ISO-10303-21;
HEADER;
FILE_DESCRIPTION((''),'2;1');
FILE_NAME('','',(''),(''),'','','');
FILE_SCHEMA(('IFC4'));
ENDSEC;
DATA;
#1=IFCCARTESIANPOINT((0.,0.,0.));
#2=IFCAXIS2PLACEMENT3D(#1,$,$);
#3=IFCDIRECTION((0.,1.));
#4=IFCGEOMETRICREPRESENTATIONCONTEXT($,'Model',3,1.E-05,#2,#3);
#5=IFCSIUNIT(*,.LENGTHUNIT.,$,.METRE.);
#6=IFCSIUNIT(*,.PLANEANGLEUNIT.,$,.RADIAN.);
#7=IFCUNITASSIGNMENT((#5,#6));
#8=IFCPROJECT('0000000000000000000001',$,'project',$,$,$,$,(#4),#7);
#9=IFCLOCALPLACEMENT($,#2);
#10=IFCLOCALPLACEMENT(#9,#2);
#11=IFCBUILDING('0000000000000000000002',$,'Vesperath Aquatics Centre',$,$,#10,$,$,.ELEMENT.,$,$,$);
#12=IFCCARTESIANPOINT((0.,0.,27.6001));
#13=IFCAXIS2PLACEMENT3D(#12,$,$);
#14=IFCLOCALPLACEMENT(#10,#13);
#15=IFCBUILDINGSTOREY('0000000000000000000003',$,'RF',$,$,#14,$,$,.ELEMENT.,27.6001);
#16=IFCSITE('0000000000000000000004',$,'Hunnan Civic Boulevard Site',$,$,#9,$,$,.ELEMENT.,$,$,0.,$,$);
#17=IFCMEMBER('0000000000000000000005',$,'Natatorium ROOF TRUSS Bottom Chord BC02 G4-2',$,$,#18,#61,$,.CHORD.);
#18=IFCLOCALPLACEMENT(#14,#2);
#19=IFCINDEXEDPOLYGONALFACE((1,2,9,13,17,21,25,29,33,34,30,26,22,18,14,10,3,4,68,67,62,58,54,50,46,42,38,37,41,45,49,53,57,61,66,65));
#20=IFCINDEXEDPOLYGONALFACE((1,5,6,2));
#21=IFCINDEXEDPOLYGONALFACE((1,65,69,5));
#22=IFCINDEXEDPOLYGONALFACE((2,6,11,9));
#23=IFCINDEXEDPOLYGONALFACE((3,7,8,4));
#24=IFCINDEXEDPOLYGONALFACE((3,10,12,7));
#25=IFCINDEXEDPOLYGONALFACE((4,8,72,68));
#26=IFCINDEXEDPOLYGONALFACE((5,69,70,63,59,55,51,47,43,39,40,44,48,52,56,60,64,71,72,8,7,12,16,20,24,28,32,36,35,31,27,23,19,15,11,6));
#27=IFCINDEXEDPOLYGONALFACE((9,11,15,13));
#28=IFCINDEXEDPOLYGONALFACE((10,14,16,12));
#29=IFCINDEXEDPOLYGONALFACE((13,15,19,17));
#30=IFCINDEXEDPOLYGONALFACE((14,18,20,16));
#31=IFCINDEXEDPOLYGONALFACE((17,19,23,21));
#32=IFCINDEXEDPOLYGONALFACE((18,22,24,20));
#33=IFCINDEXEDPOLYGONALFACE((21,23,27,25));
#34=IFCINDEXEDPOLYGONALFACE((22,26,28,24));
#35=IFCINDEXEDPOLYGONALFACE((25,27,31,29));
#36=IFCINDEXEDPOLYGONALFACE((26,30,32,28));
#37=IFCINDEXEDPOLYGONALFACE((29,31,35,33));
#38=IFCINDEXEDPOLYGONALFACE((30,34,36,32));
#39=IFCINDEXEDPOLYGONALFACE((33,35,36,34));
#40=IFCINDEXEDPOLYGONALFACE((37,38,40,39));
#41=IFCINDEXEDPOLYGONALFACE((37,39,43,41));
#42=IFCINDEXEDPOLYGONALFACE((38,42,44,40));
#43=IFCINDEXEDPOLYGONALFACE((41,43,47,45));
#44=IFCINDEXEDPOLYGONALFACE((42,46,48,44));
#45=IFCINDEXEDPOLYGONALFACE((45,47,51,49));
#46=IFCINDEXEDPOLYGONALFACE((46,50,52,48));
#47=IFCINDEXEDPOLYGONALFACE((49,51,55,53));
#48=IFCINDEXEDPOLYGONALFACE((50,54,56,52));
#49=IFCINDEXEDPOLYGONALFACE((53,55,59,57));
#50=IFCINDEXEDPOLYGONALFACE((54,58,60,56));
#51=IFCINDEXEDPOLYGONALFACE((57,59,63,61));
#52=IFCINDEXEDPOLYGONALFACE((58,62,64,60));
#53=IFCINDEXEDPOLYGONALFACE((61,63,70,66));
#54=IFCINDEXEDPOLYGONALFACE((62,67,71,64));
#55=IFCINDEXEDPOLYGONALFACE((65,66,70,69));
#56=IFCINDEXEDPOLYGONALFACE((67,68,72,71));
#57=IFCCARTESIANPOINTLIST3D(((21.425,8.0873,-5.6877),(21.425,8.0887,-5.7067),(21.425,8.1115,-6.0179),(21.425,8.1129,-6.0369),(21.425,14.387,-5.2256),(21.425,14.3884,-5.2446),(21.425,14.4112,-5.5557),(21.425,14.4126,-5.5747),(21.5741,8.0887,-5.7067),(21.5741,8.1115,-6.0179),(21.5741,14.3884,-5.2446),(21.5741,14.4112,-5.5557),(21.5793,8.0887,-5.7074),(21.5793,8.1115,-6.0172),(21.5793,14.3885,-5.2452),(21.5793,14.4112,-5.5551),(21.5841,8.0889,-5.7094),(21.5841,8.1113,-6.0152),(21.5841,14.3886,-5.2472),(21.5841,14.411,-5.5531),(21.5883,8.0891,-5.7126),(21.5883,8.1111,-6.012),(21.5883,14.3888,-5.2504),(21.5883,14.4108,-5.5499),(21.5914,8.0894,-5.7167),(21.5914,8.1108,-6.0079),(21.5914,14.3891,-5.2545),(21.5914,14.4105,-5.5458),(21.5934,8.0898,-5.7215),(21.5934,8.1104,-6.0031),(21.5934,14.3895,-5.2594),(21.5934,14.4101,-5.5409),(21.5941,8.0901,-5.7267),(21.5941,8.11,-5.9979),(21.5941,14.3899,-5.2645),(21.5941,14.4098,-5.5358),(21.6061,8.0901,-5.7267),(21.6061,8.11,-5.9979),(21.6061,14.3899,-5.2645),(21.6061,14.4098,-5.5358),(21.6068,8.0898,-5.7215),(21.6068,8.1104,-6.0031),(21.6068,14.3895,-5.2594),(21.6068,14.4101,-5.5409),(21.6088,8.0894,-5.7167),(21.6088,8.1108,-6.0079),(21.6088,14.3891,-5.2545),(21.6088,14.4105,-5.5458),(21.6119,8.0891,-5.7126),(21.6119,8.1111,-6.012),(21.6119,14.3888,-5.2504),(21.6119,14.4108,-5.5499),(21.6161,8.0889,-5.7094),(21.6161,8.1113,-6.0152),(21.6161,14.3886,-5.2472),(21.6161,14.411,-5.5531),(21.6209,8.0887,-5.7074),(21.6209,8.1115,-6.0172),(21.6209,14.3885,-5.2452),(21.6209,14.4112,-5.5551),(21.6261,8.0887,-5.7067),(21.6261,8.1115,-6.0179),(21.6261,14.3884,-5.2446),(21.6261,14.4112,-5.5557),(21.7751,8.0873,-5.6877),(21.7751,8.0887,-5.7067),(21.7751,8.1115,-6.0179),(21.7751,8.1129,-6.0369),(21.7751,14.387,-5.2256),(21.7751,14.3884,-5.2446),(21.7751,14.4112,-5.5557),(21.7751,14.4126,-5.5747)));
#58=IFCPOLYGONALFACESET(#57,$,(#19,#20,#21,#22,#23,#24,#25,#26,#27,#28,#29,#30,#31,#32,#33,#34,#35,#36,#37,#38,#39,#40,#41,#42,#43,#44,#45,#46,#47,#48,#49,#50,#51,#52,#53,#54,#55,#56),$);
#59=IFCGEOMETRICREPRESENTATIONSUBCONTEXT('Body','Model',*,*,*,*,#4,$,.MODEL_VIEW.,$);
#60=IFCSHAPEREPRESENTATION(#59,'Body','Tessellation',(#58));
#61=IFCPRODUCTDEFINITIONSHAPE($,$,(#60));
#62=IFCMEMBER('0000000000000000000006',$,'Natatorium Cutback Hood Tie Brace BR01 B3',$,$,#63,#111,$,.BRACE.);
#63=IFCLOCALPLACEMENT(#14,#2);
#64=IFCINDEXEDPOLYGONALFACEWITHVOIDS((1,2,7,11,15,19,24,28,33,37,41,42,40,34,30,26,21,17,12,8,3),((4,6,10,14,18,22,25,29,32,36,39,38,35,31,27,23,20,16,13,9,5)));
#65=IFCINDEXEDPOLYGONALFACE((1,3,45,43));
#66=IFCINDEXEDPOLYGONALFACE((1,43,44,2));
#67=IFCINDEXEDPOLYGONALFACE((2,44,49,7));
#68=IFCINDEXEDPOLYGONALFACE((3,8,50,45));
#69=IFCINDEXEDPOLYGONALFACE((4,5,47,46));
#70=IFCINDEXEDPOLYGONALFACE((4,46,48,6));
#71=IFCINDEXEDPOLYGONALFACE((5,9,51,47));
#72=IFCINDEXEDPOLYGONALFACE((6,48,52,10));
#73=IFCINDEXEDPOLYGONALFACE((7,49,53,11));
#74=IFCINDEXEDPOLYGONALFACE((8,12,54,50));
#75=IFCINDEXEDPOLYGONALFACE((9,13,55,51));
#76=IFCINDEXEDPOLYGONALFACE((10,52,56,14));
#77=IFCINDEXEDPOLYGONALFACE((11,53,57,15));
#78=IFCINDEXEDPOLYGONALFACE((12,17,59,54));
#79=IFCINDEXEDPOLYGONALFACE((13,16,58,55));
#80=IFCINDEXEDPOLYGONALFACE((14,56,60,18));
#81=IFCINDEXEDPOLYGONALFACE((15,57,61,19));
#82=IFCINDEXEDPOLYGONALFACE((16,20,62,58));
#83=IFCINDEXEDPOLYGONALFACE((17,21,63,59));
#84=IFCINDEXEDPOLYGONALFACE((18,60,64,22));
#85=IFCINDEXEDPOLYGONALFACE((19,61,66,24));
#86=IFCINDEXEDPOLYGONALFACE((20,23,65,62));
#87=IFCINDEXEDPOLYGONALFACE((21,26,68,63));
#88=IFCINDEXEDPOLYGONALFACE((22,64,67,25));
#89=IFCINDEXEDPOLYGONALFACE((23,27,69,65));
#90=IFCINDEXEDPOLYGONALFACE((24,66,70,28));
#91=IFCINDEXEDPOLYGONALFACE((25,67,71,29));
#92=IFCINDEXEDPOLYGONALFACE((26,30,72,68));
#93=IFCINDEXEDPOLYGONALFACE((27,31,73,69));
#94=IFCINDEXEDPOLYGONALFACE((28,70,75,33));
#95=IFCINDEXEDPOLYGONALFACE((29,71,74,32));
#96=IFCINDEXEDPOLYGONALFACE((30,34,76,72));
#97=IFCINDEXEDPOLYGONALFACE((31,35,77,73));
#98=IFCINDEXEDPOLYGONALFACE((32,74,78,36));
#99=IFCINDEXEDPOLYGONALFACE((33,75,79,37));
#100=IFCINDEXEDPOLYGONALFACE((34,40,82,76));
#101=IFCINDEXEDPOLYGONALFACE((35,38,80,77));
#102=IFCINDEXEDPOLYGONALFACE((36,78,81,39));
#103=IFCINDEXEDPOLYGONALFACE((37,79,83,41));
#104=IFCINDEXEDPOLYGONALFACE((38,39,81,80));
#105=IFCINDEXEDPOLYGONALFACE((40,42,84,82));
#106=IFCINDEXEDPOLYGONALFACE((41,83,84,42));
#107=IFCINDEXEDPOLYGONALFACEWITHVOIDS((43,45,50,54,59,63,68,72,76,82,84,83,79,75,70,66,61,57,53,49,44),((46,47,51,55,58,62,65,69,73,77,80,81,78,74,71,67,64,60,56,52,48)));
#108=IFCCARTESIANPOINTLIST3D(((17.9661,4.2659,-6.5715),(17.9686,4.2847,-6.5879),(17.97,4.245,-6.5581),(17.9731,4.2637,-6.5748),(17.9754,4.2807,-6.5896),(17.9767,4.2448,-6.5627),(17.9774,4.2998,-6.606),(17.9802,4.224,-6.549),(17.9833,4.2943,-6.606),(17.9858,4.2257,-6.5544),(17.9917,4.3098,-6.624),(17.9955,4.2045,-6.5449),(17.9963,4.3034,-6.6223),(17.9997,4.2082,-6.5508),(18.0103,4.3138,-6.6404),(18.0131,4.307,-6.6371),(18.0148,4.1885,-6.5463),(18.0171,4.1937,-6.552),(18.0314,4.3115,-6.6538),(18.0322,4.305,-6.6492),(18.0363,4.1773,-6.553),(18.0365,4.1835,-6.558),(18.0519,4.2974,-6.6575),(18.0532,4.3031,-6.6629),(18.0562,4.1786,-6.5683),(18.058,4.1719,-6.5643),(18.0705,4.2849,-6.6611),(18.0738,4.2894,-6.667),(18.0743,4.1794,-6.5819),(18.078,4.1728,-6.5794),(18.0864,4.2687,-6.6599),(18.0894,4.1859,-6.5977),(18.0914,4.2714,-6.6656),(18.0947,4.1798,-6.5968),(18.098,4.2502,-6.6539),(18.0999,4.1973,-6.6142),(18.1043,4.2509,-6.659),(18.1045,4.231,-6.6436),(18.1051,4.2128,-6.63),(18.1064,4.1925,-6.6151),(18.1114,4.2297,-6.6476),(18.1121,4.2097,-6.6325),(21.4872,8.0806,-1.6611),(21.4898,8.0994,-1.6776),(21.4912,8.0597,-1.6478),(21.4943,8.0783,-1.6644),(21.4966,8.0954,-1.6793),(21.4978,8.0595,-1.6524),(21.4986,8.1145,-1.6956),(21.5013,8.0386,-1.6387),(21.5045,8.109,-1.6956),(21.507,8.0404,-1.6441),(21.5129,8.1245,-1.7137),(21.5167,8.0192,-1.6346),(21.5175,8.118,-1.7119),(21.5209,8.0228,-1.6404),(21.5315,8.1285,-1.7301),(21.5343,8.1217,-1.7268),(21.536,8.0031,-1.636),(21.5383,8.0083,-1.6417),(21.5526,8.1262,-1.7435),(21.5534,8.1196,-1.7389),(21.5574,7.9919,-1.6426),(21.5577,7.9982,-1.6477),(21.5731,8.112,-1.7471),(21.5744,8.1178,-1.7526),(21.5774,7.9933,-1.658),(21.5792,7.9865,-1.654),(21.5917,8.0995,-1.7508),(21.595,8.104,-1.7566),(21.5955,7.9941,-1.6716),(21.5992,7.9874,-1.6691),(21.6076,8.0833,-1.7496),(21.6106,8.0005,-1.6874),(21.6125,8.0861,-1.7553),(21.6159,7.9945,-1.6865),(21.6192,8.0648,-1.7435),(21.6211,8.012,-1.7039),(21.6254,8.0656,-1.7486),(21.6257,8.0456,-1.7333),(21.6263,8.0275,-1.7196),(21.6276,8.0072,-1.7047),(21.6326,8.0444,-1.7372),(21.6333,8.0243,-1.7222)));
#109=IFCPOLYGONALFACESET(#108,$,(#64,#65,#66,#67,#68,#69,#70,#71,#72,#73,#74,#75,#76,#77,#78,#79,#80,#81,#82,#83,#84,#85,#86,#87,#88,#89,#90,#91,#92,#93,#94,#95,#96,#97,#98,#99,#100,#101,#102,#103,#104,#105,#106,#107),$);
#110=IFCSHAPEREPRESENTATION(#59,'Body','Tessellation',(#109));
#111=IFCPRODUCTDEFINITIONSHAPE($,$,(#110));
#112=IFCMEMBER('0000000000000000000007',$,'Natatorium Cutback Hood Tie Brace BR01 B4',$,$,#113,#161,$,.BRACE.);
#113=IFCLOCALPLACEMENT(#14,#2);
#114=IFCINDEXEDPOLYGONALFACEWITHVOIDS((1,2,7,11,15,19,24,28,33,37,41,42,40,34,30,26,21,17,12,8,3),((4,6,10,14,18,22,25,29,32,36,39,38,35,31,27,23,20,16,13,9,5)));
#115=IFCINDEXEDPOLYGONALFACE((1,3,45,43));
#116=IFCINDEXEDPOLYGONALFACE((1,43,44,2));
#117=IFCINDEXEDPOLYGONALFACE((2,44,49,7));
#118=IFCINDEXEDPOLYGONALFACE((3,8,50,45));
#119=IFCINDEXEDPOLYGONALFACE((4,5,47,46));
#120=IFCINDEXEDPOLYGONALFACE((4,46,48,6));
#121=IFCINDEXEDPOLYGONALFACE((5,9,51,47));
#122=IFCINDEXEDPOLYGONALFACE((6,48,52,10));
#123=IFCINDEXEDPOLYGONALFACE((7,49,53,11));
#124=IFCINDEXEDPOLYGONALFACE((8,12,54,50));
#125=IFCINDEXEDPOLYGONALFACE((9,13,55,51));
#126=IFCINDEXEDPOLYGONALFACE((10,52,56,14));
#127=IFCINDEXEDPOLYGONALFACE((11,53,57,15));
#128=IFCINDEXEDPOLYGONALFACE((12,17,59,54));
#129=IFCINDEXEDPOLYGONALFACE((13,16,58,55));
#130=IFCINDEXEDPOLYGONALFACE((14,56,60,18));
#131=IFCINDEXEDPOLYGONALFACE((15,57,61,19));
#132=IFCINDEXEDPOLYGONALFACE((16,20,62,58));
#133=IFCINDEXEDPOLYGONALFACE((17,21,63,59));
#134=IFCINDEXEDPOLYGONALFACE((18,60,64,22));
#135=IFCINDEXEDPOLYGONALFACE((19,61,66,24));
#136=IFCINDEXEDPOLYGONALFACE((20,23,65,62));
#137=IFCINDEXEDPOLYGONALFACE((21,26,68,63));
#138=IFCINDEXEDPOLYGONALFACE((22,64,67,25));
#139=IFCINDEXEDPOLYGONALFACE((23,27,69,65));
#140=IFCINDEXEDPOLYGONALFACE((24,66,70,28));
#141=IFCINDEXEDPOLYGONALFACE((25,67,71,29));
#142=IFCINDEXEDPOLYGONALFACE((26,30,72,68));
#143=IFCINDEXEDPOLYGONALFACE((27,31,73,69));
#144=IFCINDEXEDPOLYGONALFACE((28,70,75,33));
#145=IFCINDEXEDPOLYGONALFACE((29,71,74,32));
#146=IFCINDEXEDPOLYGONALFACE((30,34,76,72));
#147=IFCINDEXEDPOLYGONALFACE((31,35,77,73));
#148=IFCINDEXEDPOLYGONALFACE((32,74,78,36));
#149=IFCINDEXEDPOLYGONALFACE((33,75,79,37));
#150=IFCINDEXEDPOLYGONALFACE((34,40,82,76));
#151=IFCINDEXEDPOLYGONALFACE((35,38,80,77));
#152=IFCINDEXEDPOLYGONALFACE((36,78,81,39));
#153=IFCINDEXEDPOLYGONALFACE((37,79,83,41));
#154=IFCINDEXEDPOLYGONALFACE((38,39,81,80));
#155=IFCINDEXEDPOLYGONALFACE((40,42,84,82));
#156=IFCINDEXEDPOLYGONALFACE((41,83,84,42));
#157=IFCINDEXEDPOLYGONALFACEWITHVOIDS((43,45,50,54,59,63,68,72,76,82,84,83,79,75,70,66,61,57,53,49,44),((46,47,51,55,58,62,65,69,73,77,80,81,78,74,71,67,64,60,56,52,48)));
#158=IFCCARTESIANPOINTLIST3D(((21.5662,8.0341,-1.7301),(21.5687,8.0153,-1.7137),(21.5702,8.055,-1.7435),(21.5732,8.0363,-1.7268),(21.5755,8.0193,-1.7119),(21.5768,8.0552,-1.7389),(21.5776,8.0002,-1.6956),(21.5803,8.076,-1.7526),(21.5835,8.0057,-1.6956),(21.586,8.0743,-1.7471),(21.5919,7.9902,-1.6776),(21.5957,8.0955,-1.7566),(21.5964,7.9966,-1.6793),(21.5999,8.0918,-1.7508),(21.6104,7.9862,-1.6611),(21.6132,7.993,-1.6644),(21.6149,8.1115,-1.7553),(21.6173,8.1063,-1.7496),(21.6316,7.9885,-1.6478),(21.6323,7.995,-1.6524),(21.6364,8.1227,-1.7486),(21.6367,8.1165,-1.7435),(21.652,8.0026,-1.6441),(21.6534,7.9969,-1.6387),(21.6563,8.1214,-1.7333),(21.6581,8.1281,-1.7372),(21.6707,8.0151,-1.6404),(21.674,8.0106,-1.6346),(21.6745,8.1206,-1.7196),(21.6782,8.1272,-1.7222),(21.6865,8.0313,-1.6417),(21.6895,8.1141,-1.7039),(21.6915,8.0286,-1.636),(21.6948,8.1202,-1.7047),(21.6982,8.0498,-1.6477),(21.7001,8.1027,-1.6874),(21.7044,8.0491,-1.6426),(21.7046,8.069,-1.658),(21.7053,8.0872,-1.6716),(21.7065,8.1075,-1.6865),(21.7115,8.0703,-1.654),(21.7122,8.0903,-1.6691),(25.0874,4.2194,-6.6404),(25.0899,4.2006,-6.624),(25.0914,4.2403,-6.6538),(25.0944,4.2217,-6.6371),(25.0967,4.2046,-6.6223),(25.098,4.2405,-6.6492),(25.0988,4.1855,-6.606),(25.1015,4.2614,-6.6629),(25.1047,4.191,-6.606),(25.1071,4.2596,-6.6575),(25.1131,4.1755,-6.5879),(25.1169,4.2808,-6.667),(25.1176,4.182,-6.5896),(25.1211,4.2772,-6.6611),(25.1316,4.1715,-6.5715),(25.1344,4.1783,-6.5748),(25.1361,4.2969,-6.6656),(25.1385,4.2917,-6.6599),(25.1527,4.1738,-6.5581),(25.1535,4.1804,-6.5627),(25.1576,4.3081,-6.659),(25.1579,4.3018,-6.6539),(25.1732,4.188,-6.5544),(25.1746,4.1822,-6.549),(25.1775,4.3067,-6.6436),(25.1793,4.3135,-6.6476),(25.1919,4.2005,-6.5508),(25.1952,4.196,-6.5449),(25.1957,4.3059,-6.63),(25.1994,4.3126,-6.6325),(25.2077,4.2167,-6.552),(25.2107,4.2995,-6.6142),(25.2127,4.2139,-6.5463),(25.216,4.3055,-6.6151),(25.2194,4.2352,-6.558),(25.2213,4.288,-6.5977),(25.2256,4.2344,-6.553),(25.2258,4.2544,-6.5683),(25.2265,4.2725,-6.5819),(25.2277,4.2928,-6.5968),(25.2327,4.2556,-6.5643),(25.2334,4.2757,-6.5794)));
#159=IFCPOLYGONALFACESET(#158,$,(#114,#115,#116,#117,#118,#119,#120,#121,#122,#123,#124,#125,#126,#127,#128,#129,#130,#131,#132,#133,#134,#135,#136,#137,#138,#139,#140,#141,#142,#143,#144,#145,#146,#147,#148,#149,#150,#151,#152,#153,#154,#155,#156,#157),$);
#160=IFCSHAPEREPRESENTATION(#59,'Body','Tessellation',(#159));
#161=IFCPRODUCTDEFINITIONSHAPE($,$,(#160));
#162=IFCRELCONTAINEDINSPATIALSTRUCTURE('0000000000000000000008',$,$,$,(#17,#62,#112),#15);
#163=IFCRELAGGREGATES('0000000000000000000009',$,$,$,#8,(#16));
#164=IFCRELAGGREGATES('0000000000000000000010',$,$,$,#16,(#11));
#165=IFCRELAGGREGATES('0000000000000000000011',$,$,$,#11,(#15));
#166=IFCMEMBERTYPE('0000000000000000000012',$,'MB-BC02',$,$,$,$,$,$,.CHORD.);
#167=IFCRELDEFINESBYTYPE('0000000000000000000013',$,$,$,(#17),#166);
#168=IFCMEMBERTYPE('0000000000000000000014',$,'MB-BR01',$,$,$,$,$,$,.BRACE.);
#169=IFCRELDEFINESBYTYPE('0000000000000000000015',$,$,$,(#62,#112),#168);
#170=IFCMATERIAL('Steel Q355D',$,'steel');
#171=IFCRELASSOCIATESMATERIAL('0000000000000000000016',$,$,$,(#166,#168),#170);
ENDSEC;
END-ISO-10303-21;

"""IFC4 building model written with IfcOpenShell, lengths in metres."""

from ifc_helpers import new_model, si_unit, direction, frame, origin, origin_2d, place, context, subcontext, project, spatial, hollow_circle, i_section, extrude, material, material_profile, profile_set, type_object, element, save


model = new_model("IFC4")

# Units and contexts
model_context = context("Model", 3, precision=1e-05, world=origin(), true_north=direction((0.0, 1.0)))
body_context = subcontext(model_context, "Body", "Model", "MODEL_VIEW")
ifc_project = project(units=[si_unit("LENGTHUNIT", "METRE"), si_unit("PLANEANGLEUNIT", "RADIAN")], contexts=[model_context])

# Site, building, storey
site_placement = place(None, origin())
site = spatial("IfcSite", under=ifc_project, at=site_placement, Name="Hunnan Civic Boulevard Site", CompositionType="ELEMENT", RefElevation=0.0)
building_placement = place(site_placement, origin())
building = spatial("IfcBuilding", under=site, at=building_placement, Name="Vesperath Aquatics Centre", CompositionType="ELEMENT")
storey_placement = place(building_placement, frame((0.0, 0.0, 27.6001)))
storey = spatial("IfcBuildingStorey", under=building, at=storey_placement, Name="RF", CompositionType="ELEMENT", Elevation=27.6001)

# Members
ifc_material_1 = material(Name="Steel Q355D", Category="steel")
ifc_material_profile_1 = material_profile(ifc_material_1, i_section(OverallWidth=0.3501, OverallDepth=0.3501, WebThickness=0.012, FlangeThickness=0.019, FilletRadius=0.02, at=origin_2d()), Name="HW 350x350x12x19")
ifc_profile_set_1 = profile_set([ifc_material_profile_1], Name="Steel Q355D")
member_type_1 = type_object("IfcMemberType", Name="MB-BC02", PredefinedType="CHORD", material=ifc_profile_set_1)
member_1_placement = place(storey_placement, frame((21.6001, 8.1001, -5.8623), z_axis=(0.0, 0.99732, 0.073164), x_axis=(-1.0, 0.0, 0.0)))
element("IfcMember", 1, at=member_1_placement, inside=storey, type_object=member_type_1, Name="Natatorium ROOF TRUSS Bottom Chord BC02 G4-2", PredefinedType="CHORD", context=body_context, shape_type="SweptSolid", body=[
    extrude(i_section(OverallWidth=0.3501, OverallDepth=0.3501, WebThickness=0.012, FlangeThickness=0.019, FilletRadius=0.02, at=origin_2d()), origin(), (0.0, 0.0, 1.0), 6.3167),
])
ifc_material_profile_2 = material_profile(ifc_material_1, hollow_circle(Radius=0.0842, WallThickness=0.0081, at=origin_2d()), Name="CHS 168.3x8")
ifc_profile_set_2 = profile_set([ifc_material_profile_2], Name="Steel Q355D")
member_type_2 = type_object("IfcMemberType", Name="MB-BR01", PredefinedType="BRACE", material=ifc_profile_set_2)
for number, where, z_axis, x_axis, name in (
    (2, (18.0393, 4.2427, -6.606), (0.492768, 0.533834, 0.687169), (-0.734805, 0.678278, 0.0), "Natatorium Cutback Hood Tie Brace BR01 B3"),
    (3, (25.1606, 4.2427, -6.606), (-0.492768, 0.533834, 0.687169), (-0.734805, -0.678278, 0.0), "Natatorium Cutback Hood Tie Brace BR01 B4"),
):
    element("IfcMember", number, at=place(storey_placement, frame(where, z_axis=z_axis, x_axis=x_axis)), inside=storey, type_object=member_type_2, Name=name, PredefinedType="BRACE", context=body_context, shape_type="SweptSolid", body=[
        extrude(hollow_circle(Radius=0.0842, WallThickness=0.0081, at=origin_2d()), origin(), (0.0, 0.0, 1.0), 7.1458),
    ])

save(model, "model.ifc")
